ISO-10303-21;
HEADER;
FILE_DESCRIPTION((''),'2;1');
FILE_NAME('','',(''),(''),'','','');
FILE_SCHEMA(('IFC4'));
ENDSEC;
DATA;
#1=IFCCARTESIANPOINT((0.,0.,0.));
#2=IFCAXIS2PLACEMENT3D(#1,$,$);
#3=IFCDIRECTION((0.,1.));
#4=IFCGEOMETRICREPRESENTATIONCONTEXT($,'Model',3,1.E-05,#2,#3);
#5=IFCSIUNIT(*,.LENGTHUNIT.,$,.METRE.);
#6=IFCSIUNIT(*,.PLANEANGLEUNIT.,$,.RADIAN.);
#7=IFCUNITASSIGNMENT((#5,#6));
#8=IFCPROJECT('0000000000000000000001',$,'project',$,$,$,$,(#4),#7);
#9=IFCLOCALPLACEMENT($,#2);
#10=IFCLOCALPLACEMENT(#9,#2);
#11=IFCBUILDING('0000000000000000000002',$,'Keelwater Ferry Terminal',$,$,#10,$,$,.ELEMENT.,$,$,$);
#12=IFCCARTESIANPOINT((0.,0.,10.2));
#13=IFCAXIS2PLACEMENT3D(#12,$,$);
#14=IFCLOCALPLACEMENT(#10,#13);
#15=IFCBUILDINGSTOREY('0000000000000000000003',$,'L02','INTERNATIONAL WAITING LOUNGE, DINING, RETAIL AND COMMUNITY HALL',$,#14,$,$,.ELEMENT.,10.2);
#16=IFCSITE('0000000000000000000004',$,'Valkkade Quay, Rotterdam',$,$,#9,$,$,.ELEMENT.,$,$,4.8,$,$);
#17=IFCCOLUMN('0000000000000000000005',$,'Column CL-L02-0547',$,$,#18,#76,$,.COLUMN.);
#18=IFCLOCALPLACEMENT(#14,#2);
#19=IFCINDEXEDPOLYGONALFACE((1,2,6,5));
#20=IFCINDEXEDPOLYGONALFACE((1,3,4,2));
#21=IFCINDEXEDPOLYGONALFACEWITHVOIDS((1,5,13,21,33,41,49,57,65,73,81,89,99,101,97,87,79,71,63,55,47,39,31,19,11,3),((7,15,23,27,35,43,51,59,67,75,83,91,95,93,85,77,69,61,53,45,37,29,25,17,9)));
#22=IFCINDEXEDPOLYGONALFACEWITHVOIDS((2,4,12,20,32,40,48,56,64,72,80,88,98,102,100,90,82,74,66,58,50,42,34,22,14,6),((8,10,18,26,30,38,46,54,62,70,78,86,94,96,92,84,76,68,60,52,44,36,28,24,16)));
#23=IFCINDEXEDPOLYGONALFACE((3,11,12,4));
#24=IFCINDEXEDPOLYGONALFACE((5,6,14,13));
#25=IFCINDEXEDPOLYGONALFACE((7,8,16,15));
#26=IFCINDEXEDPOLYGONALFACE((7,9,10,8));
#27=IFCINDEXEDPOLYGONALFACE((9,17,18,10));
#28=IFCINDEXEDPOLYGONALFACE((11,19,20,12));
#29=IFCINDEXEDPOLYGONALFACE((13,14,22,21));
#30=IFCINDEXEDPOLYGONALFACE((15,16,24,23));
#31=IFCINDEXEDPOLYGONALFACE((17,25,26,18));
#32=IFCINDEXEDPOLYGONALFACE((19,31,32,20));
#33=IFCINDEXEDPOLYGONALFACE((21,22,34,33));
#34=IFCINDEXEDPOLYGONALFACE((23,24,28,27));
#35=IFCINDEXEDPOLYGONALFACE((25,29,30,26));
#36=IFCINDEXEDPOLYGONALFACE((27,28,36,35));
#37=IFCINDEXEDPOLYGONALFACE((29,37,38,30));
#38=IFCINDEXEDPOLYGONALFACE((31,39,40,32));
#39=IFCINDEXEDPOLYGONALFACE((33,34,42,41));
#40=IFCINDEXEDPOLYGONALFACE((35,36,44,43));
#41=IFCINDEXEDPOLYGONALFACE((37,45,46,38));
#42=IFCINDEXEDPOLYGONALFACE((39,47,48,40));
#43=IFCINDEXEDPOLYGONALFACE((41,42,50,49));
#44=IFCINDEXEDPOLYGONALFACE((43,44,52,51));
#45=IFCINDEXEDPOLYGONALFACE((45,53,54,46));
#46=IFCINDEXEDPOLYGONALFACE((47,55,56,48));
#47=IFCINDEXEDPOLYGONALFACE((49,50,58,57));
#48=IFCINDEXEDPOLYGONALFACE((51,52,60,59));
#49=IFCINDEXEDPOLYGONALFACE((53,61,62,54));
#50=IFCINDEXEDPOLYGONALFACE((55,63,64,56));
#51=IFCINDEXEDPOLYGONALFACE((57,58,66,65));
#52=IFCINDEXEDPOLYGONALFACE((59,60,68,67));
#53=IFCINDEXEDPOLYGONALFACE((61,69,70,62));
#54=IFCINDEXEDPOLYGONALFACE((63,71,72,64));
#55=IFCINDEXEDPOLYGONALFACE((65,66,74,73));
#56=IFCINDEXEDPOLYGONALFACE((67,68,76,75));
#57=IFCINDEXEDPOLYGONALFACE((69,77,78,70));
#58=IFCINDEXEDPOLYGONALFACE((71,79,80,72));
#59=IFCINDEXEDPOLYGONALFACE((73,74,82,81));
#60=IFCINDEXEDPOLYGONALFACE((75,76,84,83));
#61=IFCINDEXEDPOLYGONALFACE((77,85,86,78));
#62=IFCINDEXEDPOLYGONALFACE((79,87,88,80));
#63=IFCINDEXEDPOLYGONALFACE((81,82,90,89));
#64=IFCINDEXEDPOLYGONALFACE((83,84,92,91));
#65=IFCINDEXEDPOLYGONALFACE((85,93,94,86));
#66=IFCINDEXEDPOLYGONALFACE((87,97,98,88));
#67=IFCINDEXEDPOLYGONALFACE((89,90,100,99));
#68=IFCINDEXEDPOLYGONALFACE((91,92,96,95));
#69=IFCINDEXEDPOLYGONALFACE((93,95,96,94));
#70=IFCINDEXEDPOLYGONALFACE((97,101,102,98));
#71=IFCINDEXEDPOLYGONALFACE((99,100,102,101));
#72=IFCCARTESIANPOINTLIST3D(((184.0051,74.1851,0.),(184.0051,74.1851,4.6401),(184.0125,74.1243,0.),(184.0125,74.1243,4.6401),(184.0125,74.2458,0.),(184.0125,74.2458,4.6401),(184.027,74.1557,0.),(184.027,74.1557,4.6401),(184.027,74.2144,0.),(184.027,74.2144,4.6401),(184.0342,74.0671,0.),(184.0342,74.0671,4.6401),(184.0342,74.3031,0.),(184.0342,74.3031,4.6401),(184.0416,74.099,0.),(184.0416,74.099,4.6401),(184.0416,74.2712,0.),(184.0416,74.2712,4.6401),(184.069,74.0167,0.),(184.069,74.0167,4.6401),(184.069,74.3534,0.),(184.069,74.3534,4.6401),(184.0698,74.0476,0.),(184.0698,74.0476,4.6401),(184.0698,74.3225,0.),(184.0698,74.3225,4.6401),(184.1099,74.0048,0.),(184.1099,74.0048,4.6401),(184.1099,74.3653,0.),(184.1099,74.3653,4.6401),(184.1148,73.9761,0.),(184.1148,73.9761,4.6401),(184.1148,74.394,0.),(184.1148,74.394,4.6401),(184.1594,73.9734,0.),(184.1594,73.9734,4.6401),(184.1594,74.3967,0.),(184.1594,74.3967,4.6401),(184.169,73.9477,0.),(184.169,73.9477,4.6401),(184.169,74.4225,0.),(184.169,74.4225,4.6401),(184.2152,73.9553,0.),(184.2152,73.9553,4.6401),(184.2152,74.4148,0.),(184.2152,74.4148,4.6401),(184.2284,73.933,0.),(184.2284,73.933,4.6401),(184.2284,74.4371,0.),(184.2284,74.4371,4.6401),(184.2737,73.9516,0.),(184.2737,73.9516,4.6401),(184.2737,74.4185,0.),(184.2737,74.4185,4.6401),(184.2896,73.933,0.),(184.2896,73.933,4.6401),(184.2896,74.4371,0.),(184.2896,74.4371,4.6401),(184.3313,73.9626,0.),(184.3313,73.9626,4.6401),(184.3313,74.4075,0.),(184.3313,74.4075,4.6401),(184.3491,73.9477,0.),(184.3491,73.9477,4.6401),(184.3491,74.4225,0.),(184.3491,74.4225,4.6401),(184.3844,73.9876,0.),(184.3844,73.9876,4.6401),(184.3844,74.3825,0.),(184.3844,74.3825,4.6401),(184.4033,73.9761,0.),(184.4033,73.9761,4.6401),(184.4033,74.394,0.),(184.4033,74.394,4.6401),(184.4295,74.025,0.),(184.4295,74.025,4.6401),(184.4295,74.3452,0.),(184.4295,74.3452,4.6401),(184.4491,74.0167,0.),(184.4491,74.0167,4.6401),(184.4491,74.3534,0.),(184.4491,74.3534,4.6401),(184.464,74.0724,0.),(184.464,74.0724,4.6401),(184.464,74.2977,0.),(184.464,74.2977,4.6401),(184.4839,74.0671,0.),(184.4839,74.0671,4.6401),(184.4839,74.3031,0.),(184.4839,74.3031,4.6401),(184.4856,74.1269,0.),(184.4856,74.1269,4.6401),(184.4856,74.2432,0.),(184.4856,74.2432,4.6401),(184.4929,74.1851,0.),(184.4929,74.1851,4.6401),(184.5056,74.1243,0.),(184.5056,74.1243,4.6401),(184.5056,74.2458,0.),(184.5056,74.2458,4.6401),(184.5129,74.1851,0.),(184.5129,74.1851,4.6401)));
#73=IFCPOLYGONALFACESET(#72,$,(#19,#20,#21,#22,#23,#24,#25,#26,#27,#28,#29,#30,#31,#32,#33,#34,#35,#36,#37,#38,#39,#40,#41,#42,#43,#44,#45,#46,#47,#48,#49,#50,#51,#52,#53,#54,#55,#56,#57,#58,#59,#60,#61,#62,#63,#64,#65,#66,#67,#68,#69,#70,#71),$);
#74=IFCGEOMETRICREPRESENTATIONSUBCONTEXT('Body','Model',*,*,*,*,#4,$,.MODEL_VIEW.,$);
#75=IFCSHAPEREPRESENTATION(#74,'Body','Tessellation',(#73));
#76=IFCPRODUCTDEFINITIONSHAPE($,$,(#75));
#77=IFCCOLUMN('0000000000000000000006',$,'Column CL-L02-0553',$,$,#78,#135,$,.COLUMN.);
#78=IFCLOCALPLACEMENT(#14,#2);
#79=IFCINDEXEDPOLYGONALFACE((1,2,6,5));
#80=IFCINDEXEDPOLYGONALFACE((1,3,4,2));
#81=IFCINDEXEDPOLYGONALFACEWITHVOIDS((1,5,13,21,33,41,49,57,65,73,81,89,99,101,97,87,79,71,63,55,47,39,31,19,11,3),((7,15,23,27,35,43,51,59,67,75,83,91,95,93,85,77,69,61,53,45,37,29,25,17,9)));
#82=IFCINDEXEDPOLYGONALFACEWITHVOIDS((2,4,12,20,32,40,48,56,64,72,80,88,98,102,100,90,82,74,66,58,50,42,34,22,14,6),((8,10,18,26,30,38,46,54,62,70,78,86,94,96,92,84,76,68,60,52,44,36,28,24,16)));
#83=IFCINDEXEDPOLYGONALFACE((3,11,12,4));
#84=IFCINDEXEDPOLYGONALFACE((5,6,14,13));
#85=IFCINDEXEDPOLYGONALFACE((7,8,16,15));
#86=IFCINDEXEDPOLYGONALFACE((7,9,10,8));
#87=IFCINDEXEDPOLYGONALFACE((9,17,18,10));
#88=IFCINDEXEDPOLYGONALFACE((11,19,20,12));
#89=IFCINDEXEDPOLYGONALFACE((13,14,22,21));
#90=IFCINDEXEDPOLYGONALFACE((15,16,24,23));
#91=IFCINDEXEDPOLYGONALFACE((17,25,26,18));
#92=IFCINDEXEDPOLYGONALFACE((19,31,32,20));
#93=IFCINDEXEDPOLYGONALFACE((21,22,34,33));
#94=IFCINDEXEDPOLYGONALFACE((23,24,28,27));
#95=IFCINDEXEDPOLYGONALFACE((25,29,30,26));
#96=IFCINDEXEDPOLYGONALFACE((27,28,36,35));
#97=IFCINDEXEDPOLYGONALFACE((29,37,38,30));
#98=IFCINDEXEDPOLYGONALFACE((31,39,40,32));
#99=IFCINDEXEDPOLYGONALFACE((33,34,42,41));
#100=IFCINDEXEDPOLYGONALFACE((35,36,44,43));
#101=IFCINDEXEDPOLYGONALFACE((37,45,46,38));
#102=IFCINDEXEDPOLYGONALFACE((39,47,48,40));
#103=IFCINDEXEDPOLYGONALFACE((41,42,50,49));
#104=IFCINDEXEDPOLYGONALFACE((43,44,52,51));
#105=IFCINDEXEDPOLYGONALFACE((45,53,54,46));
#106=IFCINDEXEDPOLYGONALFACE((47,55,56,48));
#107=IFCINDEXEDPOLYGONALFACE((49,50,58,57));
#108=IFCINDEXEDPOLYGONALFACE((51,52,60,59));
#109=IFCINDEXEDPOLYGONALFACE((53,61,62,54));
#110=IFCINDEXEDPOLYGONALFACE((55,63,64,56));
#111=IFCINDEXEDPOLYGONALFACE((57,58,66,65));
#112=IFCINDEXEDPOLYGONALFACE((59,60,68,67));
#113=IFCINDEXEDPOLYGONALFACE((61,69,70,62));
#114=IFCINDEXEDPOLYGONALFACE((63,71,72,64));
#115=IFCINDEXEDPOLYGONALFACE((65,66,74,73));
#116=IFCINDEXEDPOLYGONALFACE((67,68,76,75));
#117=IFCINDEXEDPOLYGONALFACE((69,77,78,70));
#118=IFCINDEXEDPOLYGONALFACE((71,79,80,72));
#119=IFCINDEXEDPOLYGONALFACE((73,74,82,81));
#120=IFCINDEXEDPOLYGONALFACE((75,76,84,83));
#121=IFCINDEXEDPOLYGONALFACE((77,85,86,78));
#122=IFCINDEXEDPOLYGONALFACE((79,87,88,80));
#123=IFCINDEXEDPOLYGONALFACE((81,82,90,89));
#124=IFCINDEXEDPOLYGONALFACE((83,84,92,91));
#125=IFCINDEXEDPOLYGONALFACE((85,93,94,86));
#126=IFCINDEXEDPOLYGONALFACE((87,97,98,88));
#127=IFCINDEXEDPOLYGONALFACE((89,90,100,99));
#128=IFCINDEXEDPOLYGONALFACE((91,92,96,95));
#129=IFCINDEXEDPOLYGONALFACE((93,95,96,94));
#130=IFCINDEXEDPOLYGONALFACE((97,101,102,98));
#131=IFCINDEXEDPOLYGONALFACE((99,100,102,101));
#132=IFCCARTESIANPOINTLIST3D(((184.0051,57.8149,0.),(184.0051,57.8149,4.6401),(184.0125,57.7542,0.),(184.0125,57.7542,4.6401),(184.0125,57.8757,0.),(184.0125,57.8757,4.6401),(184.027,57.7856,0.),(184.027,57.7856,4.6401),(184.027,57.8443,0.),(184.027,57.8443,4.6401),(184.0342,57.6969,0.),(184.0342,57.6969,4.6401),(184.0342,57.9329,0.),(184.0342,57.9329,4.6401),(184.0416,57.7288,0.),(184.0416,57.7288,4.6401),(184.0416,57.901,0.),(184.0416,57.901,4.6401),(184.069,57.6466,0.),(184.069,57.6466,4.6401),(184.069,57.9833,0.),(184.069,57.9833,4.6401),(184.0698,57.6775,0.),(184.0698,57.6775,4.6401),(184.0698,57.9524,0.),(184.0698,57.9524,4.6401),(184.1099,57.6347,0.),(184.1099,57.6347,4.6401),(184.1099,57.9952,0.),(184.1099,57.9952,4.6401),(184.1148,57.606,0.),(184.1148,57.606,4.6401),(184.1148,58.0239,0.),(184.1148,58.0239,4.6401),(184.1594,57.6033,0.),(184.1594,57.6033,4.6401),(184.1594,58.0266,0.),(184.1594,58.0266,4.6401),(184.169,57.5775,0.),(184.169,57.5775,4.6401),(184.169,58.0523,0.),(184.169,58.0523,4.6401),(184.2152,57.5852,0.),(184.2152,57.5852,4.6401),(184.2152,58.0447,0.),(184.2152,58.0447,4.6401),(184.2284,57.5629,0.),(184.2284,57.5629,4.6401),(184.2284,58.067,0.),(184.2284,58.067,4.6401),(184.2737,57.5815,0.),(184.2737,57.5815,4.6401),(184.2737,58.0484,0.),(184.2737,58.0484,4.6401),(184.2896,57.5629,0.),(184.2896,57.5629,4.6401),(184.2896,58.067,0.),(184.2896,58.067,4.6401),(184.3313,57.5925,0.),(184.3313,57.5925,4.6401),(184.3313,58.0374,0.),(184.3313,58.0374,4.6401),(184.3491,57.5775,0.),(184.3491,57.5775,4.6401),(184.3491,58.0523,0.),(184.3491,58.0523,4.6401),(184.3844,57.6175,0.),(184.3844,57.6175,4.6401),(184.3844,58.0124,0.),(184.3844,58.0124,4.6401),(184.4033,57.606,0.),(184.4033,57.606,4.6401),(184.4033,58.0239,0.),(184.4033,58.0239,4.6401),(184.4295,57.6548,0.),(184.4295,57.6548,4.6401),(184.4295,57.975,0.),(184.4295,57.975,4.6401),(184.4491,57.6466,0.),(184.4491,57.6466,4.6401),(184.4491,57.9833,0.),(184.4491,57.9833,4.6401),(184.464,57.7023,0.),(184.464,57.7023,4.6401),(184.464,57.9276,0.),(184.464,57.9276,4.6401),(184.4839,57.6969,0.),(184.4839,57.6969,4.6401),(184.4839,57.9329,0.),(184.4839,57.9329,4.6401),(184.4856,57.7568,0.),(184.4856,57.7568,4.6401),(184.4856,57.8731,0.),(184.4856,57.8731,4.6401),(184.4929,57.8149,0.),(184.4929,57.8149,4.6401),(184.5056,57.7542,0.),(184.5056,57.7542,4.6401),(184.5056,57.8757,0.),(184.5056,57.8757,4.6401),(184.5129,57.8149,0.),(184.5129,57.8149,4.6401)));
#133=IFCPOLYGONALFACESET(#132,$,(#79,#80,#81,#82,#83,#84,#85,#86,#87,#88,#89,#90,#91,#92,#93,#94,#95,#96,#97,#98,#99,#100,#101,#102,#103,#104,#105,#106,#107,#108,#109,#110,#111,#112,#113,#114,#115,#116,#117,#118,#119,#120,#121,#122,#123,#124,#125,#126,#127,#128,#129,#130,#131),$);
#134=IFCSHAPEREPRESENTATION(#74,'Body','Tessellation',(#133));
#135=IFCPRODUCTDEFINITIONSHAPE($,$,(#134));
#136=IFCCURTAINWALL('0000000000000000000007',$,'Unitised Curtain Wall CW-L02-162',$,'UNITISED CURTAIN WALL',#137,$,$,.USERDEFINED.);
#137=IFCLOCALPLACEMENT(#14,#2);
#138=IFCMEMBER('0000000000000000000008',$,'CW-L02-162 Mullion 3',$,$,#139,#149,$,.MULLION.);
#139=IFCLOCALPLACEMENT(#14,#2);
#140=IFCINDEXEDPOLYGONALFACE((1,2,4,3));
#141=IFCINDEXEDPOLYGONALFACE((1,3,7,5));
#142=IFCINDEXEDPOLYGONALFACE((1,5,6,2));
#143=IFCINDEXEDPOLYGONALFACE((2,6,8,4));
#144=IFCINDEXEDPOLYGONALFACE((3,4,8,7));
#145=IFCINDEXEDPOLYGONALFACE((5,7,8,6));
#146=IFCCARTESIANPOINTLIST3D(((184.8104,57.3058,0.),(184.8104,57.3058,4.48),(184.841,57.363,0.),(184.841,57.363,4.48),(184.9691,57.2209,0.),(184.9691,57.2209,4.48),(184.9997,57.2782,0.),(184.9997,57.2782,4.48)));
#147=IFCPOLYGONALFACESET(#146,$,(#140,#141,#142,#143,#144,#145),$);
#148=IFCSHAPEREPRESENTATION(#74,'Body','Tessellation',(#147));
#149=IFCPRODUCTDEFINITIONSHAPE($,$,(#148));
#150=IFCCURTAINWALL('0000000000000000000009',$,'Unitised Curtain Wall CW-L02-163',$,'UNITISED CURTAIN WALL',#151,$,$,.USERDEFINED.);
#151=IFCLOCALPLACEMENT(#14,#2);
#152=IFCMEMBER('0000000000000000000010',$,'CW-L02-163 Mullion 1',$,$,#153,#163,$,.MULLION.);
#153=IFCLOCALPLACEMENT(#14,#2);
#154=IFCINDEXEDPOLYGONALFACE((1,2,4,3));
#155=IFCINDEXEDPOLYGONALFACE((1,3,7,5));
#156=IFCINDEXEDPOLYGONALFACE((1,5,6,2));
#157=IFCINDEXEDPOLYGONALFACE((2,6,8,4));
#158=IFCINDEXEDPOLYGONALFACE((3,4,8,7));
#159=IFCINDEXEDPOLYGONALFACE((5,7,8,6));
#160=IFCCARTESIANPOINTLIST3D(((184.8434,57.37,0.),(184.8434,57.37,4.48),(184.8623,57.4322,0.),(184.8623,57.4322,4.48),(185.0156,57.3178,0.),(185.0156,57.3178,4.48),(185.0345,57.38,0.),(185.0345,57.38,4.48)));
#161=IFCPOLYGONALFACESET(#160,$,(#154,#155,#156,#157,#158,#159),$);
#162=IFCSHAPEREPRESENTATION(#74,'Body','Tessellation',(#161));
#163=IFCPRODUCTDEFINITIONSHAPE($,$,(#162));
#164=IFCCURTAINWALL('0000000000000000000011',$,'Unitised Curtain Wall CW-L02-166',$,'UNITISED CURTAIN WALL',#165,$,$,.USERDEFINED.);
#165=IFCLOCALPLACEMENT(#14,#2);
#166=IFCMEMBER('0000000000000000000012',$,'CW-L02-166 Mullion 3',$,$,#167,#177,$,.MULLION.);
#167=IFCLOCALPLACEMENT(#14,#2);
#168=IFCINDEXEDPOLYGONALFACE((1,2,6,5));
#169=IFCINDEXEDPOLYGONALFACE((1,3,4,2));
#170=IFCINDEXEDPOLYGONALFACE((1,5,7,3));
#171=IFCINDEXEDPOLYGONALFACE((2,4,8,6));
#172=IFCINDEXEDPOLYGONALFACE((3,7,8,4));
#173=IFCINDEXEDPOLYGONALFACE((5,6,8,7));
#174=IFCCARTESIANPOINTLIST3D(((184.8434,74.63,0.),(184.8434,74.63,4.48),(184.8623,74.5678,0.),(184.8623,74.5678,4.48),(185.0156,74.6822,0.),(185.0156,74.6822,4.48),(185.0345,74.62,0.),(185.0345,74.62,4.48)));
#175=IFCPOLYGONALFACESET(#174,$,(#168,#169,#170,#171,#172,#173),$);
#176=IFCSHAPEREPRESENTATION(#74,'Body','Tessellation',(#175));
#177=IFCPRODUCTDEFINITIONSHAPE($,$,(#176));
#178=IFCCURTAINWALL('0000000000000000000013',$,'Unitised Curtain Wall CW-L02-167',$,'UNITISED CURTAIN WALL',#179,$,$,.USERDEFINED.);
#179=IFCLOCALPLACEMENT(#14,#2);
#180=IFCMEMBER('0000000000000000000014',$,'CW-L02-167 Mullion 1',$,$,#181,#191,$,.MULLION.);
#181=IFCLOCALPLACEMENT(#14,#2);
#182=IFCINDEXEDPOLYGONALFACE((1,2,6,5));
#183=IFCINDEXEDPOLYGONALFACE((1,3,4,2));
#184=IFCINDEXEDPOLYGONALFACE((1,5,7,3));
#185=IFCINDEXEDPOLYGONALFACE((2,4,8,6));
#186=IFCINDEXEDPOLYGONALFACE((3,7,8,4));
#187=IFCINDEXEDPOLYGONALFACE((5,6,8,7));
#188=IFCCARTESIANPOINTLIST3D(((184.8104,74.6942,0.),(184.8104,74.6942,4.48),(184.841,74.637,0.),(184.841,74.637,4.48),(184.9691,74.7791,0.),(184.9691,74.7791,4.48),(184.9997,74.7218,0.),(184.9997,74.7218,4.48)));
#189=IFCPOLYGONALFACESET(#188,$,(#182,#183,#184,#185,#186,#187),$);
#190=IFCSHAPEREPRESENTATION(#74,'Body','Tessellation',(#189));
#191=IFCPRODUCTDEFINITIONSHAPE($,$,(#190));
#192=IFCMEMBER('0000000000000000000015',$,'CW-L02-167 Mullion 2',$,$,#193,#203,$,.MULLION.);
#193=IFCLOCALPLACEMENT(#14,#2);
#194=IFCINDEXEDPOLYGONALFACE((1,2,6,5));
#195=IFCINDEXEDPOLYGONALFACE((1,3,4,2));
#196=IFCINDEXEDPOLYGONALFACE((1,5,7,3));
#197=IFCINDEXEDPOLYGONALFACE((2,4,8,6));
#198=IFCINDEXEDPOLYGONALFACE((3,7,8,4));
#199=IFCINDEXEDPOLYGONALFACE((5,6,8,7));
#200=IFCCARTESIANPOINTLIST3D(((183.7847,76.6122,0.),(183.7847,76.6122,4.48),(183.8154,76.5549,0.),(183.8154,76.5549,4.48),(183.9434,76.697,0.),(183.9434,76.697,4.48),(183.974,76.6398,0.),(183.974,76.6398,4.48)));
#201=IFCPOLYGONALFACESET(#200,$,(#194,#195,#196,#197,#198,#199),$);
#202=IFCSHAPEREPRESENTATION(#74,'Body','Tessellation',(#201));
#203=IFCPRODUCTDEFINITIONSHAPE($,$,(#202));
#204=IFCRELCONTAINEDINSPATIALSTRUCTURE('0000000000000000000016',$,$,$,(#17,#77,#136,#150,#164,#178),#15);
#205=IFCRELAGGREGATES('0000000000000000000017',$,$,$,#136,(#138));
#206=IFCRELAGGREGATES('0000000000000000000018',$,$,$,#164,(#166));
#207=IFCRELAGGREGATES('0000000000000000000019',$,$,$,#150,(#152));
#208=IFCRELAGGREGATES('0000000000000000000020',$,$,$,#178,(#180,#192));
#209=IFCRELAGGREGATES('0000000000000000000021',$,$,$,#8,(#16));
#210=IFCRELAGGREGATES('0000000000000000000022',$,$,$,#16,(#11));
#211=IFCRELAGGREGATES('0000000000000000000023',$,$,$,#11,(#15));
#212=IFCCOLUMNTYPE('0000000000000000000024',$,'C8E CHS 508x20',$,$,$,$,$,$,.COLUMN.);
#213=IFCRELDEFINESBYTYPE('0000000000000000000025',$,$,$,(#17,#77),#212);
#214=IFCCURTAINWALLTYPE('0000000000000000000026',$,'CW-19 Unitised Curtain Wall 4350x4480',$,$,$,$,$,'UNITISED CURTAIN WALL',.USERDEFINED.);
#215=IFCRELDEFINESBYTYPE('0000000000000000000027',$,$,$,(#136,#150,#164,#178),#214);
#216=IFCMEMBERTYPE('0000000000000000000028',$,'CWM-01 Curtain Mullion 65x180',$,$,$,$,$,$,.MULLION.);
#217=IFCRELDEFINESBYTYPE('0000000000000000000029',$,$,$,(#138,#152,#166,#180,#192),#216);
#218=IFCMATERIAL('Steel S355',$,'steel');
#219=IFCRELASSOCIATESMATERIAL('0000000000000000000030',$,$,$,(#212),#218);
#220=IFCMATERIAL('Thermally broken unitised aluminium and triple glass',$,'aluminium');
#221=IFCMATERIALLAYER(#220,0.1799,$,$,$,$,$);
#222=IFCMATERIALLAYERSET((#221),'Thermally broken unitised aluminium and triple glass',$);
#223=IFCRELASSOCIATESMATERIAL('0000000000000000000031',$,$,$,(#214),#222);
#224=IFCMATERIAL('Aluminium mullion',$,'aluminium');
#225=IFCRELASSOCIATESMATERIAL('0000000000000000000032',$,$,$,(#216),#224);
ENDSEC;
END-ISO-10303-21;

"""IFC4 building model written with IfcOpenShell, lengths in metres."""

from ifc_helpers import new_model, si_unit, direction, frame, origin, origin_2d, place, context, subcontext, project, spatial, rectangle, hollow_circle, extrude, material, layer, layer_set, material_profile, profile_set, type_object, element, aggregate, save


model = new_model("IFC4")

# Units and contexts
model_context = context("Model", 3, precision=1e-05, world=origin(), true_north=direction((0.0, 1.0)))
body_context = subcontext(model_context, "Body", "Model", "MODEL_VIEW")
ifc_project = project(units=[si_unit("LENGTHUNIT", "METRE"), si_unit("PLANEANGLEUNIT", "RADIAN")], contexts=[model_context])

# Site, building, storey
site_placement = place(None, origin())
site = spatial("IfcSite", under=ifc_project, at=site_placement, Name="Valkkade Quay, Rotterdam", CompositionType="ELEMENT", RefElevation=4.8)
building_placement = place(site_placement, origin())
building = spatial("IfcBuilding", under=site, at=building_placement, Name="Keelwater Ferry Terminal", CompositionType="ELEMENT")
storey_placement = place(building_placement, frame((0.0, 0.0, 10.2)))
storey = spatial("IfcBuildingStorey", under=building, at=storey_placement, Name="L02", Description="INTERNATIONAL WAITING LOUNGE, DINING, RETAIL AND COMMUNITY HALL", CompositionType="ELEMENT", Elevation=10.2)

# Columns
ifc_material_1 = material(Name="Steel S355", Category="steel")
ifc_material_profile_1 = material_profile(ifc_material_1, hollow_circle(Radius=0.2539, WallThickness=0.02, at=origin_2d()), Name="CHS 508x20")
ifc_profile_set_1 = profile_set([ifc_material_profile_1], Name="Steel S355")
column_type = type_object("IfcColumnType", Name="C8E CHS 508x20", PredefinedType="COLUMN", material=ifc_profile_set_1)
for number, where, z_axis, x_axis, name in (
    (1, (184.259, 74.1851, 0.0), (0.0, 0.0, 1.0), (1.0, 0.0, 0.0), "Column CL-L02-0547"),
    (2, (184.259, 57.8149, 0.0), (0.0, 0.0, 1.0), (1.0, 0.0, 0.0), "Column CL-L02-0553"),
):
    element("IfcColumn", number, at=place(storey_placement, frame(where, z_axis=z_axis, x_axis=x_axis)), inside=storey, type_object=column_type, Name=name, PredefinedType="COLUMN", context=body_context, shape_type="SweptSolid", body=[
        extrude(hollow_circle(Radius=0.2539, WallThickness=0.02, at=origin_2d()), origin(), (0.0, 0.0, 1.0), 4.6401),
    ])

# Curtain walls, members
ifc_material_2 = material(Name="Thermally broken unitised aluminium and triple glass", Category="aluminium")
ifc_layer_1 = layer(ifc_material_2, 0.1799)
ifc_layer_set_1 = layer_set([ifc_layer_1], Name="Thermally broken unitised aluminium and triple glass")
curtain_wall_type = type_object("IfcCurtainWallType", Name="CW-19 Unitised Curtain Wall 4350x4480", ElementType="UNITISED CURTAIN WALL", PredefinedType="USERDEFINED", material=ifc_layer_set_1)
curtain_wall_1_placement = place(storey_placement, origin())
curtain_wall_1 = element("IfcCurtainWall", 3, at=curtain_wall_1_placement, inside=storey, type_object=curtain_wall_type, Name="Unitised Curtain Wall CW-L02-162", ObjectType="UNITISED CURTAIN WALL", PredefinedType="USERDEFINED")
ifc_material_3 = material(Name="Aluminium mullion", Category="aluminium")
ifc_material_profile_2 = material_profile(ifc_material_3, rectangle(XDim=0.0649, YDim=0.1799, at=origin_2d()), Name="CWM-01")
ifc_profile_set_2 = profile_set([ifc_material_profile_2], Name="Aluminium mullion")
member_type_1 = type_object("IfcMemberType", Name="CWM-01 Curtain Mullion 65x180", PredefinedType="MULLION", material=ifc_profile_set_2)
member_1_placement = place(storey_placement, frame((184.905, 57.292, 0.0), z_axis=(0.0, 0.0, 1.0), x_axis=(0.471507, 0.881862, 0.0)))
member_1 = element("IfcMember", 4, at=member_1_placement, type_object=member_type_1, Name="CW-L02-162 Mullion 3", PredefinedType="MULLION", context=body_context, shape_type="SweptSolid", body=[
    extrude(rectangle(XDim=0.0649, YDim=0.1799, at=origin_2d()), origin(), (0.0, 0.0, 1.0), 4.48),
])
aggregate(curtain_wall_1, [member_1])
curtain_wall_2_placement = place(storey_placement, origin())
curtain_wall_2 = element("IfcCurtainWall", 5, at=curtain_wall_2_placement, inside=storey, type_object=curtain_wall_type, Name="Unitised Curtain Wall CW-L02-163", ObjectType="UNITISED CURTAIN WALL", PredefinedType="USERDEFINED")
member_2_placement = place(storey_placement, frame((184.939, 57.375, 0.0), z_axis=(0.0, 0.0, 1.0), x_axis=(0.29032, 0.95693, 0.0)))
member_2 = element("IfcMember", 6, at=member_2_placement, type_object=member_type_1, Name="CW-L02-163 Mullion 1", PredefinedType="MULLION", context=body_context, shape_type="SweptSolid", body=[
    extrude(rectangle(XDim=0.0649, YDim=0.1799, at=origin_2d()), origin(), (0.0, 0.0, 1.0), 4.48),
])
curtain_wall_3_placement = place(storey_placement, origin())
curtain_wall_3 = element("IfcCurtainWall", 7, at=curtain_wall_3_placement, inside=storey, type_object=curtain_wall_type, Name="Unitised Curtain Wall CW-L02-166", ObjectType="UNITISED CURTAIN WALL", PredefinedType="USERDEFINED")
member_3_placement = place(storey_placement, frame((184.939, 74.625, 0.0), z_axis=(0.0, 0.0, 1.0), x_axis=(-0.29032, 0.95693, 0.0)))
member_3 = element("IfcMember", 8, at=member_3_placement, type_object=member_type_1, Name="CW-L02-166 Mullion 3", PredefinedType="MULLION", context=body_context, shape_type="SweptSolid", body=[
    extrude(rectangle(XDim=0.0649, YDim=0.1799, at=origin_2d()), origin(), (0.0, 0.0, 1.0), 4.48),
])
aggregate(curtain_wall_3, [member_3])

# Curtain wall, members
curtain_wall_4_placement = place(storey_placement, origin())
curtain_wall_4 = element("IfcCurtainWall", 9, at=curtain_wall_4_placement, inside=storey, type_object=curtain_wall_type, Name="Unitised Curtain Wall CW-L02-167", ObjectType="UNITISED CURTAIN WALL", PredefinedType="USERDEFINED")
member_4_placement = place(storey_placement, frame((184.905, 74.708, 0.0), z_axis=(0.0, 0.0, 1.0), x_axis=(-0.471507, 0.881862, 0.0)))
member_4 = element("IfcMember", 10, at=member_4_placement, type_object=member_type_1, Name="CW-L02-167 Mullion 1", PredefinedType="MULLION", context=body_context, shape_type="SweptSolid", body=[
    extrude(rectangle(XDim=0.0649, YDim=0.1799, at=origin_2d()), origin(), (0.0, 0.0, 1.0), 4.48),
])
member_5_placement = place(storey_placement, frame((183.8794, 76.626, 0.0), z_axis=(0.0, 0.0, 1.0), x_axis=(-0.471507, 0.881862, 0.0)))
member_5 = element("IfcMember", 11, at=member_5_placement, type_object=member_type_1, Name="CW-L02-167 Mullion 2", PredefinedType="MULLION", context=body_context, shape_type="SweptSolid", body=[
    extrude(rectangle(XDim=0.0649, YDim=0.1799, at=origin_2d()), origin(), (0.0, 0.0, 1.0), 4.48),
])

aggregate(curtain_wall_2, [member_2])
aggregate(curtain_wall_4, [member_4, member_5])

save(model, "model.ifc")
